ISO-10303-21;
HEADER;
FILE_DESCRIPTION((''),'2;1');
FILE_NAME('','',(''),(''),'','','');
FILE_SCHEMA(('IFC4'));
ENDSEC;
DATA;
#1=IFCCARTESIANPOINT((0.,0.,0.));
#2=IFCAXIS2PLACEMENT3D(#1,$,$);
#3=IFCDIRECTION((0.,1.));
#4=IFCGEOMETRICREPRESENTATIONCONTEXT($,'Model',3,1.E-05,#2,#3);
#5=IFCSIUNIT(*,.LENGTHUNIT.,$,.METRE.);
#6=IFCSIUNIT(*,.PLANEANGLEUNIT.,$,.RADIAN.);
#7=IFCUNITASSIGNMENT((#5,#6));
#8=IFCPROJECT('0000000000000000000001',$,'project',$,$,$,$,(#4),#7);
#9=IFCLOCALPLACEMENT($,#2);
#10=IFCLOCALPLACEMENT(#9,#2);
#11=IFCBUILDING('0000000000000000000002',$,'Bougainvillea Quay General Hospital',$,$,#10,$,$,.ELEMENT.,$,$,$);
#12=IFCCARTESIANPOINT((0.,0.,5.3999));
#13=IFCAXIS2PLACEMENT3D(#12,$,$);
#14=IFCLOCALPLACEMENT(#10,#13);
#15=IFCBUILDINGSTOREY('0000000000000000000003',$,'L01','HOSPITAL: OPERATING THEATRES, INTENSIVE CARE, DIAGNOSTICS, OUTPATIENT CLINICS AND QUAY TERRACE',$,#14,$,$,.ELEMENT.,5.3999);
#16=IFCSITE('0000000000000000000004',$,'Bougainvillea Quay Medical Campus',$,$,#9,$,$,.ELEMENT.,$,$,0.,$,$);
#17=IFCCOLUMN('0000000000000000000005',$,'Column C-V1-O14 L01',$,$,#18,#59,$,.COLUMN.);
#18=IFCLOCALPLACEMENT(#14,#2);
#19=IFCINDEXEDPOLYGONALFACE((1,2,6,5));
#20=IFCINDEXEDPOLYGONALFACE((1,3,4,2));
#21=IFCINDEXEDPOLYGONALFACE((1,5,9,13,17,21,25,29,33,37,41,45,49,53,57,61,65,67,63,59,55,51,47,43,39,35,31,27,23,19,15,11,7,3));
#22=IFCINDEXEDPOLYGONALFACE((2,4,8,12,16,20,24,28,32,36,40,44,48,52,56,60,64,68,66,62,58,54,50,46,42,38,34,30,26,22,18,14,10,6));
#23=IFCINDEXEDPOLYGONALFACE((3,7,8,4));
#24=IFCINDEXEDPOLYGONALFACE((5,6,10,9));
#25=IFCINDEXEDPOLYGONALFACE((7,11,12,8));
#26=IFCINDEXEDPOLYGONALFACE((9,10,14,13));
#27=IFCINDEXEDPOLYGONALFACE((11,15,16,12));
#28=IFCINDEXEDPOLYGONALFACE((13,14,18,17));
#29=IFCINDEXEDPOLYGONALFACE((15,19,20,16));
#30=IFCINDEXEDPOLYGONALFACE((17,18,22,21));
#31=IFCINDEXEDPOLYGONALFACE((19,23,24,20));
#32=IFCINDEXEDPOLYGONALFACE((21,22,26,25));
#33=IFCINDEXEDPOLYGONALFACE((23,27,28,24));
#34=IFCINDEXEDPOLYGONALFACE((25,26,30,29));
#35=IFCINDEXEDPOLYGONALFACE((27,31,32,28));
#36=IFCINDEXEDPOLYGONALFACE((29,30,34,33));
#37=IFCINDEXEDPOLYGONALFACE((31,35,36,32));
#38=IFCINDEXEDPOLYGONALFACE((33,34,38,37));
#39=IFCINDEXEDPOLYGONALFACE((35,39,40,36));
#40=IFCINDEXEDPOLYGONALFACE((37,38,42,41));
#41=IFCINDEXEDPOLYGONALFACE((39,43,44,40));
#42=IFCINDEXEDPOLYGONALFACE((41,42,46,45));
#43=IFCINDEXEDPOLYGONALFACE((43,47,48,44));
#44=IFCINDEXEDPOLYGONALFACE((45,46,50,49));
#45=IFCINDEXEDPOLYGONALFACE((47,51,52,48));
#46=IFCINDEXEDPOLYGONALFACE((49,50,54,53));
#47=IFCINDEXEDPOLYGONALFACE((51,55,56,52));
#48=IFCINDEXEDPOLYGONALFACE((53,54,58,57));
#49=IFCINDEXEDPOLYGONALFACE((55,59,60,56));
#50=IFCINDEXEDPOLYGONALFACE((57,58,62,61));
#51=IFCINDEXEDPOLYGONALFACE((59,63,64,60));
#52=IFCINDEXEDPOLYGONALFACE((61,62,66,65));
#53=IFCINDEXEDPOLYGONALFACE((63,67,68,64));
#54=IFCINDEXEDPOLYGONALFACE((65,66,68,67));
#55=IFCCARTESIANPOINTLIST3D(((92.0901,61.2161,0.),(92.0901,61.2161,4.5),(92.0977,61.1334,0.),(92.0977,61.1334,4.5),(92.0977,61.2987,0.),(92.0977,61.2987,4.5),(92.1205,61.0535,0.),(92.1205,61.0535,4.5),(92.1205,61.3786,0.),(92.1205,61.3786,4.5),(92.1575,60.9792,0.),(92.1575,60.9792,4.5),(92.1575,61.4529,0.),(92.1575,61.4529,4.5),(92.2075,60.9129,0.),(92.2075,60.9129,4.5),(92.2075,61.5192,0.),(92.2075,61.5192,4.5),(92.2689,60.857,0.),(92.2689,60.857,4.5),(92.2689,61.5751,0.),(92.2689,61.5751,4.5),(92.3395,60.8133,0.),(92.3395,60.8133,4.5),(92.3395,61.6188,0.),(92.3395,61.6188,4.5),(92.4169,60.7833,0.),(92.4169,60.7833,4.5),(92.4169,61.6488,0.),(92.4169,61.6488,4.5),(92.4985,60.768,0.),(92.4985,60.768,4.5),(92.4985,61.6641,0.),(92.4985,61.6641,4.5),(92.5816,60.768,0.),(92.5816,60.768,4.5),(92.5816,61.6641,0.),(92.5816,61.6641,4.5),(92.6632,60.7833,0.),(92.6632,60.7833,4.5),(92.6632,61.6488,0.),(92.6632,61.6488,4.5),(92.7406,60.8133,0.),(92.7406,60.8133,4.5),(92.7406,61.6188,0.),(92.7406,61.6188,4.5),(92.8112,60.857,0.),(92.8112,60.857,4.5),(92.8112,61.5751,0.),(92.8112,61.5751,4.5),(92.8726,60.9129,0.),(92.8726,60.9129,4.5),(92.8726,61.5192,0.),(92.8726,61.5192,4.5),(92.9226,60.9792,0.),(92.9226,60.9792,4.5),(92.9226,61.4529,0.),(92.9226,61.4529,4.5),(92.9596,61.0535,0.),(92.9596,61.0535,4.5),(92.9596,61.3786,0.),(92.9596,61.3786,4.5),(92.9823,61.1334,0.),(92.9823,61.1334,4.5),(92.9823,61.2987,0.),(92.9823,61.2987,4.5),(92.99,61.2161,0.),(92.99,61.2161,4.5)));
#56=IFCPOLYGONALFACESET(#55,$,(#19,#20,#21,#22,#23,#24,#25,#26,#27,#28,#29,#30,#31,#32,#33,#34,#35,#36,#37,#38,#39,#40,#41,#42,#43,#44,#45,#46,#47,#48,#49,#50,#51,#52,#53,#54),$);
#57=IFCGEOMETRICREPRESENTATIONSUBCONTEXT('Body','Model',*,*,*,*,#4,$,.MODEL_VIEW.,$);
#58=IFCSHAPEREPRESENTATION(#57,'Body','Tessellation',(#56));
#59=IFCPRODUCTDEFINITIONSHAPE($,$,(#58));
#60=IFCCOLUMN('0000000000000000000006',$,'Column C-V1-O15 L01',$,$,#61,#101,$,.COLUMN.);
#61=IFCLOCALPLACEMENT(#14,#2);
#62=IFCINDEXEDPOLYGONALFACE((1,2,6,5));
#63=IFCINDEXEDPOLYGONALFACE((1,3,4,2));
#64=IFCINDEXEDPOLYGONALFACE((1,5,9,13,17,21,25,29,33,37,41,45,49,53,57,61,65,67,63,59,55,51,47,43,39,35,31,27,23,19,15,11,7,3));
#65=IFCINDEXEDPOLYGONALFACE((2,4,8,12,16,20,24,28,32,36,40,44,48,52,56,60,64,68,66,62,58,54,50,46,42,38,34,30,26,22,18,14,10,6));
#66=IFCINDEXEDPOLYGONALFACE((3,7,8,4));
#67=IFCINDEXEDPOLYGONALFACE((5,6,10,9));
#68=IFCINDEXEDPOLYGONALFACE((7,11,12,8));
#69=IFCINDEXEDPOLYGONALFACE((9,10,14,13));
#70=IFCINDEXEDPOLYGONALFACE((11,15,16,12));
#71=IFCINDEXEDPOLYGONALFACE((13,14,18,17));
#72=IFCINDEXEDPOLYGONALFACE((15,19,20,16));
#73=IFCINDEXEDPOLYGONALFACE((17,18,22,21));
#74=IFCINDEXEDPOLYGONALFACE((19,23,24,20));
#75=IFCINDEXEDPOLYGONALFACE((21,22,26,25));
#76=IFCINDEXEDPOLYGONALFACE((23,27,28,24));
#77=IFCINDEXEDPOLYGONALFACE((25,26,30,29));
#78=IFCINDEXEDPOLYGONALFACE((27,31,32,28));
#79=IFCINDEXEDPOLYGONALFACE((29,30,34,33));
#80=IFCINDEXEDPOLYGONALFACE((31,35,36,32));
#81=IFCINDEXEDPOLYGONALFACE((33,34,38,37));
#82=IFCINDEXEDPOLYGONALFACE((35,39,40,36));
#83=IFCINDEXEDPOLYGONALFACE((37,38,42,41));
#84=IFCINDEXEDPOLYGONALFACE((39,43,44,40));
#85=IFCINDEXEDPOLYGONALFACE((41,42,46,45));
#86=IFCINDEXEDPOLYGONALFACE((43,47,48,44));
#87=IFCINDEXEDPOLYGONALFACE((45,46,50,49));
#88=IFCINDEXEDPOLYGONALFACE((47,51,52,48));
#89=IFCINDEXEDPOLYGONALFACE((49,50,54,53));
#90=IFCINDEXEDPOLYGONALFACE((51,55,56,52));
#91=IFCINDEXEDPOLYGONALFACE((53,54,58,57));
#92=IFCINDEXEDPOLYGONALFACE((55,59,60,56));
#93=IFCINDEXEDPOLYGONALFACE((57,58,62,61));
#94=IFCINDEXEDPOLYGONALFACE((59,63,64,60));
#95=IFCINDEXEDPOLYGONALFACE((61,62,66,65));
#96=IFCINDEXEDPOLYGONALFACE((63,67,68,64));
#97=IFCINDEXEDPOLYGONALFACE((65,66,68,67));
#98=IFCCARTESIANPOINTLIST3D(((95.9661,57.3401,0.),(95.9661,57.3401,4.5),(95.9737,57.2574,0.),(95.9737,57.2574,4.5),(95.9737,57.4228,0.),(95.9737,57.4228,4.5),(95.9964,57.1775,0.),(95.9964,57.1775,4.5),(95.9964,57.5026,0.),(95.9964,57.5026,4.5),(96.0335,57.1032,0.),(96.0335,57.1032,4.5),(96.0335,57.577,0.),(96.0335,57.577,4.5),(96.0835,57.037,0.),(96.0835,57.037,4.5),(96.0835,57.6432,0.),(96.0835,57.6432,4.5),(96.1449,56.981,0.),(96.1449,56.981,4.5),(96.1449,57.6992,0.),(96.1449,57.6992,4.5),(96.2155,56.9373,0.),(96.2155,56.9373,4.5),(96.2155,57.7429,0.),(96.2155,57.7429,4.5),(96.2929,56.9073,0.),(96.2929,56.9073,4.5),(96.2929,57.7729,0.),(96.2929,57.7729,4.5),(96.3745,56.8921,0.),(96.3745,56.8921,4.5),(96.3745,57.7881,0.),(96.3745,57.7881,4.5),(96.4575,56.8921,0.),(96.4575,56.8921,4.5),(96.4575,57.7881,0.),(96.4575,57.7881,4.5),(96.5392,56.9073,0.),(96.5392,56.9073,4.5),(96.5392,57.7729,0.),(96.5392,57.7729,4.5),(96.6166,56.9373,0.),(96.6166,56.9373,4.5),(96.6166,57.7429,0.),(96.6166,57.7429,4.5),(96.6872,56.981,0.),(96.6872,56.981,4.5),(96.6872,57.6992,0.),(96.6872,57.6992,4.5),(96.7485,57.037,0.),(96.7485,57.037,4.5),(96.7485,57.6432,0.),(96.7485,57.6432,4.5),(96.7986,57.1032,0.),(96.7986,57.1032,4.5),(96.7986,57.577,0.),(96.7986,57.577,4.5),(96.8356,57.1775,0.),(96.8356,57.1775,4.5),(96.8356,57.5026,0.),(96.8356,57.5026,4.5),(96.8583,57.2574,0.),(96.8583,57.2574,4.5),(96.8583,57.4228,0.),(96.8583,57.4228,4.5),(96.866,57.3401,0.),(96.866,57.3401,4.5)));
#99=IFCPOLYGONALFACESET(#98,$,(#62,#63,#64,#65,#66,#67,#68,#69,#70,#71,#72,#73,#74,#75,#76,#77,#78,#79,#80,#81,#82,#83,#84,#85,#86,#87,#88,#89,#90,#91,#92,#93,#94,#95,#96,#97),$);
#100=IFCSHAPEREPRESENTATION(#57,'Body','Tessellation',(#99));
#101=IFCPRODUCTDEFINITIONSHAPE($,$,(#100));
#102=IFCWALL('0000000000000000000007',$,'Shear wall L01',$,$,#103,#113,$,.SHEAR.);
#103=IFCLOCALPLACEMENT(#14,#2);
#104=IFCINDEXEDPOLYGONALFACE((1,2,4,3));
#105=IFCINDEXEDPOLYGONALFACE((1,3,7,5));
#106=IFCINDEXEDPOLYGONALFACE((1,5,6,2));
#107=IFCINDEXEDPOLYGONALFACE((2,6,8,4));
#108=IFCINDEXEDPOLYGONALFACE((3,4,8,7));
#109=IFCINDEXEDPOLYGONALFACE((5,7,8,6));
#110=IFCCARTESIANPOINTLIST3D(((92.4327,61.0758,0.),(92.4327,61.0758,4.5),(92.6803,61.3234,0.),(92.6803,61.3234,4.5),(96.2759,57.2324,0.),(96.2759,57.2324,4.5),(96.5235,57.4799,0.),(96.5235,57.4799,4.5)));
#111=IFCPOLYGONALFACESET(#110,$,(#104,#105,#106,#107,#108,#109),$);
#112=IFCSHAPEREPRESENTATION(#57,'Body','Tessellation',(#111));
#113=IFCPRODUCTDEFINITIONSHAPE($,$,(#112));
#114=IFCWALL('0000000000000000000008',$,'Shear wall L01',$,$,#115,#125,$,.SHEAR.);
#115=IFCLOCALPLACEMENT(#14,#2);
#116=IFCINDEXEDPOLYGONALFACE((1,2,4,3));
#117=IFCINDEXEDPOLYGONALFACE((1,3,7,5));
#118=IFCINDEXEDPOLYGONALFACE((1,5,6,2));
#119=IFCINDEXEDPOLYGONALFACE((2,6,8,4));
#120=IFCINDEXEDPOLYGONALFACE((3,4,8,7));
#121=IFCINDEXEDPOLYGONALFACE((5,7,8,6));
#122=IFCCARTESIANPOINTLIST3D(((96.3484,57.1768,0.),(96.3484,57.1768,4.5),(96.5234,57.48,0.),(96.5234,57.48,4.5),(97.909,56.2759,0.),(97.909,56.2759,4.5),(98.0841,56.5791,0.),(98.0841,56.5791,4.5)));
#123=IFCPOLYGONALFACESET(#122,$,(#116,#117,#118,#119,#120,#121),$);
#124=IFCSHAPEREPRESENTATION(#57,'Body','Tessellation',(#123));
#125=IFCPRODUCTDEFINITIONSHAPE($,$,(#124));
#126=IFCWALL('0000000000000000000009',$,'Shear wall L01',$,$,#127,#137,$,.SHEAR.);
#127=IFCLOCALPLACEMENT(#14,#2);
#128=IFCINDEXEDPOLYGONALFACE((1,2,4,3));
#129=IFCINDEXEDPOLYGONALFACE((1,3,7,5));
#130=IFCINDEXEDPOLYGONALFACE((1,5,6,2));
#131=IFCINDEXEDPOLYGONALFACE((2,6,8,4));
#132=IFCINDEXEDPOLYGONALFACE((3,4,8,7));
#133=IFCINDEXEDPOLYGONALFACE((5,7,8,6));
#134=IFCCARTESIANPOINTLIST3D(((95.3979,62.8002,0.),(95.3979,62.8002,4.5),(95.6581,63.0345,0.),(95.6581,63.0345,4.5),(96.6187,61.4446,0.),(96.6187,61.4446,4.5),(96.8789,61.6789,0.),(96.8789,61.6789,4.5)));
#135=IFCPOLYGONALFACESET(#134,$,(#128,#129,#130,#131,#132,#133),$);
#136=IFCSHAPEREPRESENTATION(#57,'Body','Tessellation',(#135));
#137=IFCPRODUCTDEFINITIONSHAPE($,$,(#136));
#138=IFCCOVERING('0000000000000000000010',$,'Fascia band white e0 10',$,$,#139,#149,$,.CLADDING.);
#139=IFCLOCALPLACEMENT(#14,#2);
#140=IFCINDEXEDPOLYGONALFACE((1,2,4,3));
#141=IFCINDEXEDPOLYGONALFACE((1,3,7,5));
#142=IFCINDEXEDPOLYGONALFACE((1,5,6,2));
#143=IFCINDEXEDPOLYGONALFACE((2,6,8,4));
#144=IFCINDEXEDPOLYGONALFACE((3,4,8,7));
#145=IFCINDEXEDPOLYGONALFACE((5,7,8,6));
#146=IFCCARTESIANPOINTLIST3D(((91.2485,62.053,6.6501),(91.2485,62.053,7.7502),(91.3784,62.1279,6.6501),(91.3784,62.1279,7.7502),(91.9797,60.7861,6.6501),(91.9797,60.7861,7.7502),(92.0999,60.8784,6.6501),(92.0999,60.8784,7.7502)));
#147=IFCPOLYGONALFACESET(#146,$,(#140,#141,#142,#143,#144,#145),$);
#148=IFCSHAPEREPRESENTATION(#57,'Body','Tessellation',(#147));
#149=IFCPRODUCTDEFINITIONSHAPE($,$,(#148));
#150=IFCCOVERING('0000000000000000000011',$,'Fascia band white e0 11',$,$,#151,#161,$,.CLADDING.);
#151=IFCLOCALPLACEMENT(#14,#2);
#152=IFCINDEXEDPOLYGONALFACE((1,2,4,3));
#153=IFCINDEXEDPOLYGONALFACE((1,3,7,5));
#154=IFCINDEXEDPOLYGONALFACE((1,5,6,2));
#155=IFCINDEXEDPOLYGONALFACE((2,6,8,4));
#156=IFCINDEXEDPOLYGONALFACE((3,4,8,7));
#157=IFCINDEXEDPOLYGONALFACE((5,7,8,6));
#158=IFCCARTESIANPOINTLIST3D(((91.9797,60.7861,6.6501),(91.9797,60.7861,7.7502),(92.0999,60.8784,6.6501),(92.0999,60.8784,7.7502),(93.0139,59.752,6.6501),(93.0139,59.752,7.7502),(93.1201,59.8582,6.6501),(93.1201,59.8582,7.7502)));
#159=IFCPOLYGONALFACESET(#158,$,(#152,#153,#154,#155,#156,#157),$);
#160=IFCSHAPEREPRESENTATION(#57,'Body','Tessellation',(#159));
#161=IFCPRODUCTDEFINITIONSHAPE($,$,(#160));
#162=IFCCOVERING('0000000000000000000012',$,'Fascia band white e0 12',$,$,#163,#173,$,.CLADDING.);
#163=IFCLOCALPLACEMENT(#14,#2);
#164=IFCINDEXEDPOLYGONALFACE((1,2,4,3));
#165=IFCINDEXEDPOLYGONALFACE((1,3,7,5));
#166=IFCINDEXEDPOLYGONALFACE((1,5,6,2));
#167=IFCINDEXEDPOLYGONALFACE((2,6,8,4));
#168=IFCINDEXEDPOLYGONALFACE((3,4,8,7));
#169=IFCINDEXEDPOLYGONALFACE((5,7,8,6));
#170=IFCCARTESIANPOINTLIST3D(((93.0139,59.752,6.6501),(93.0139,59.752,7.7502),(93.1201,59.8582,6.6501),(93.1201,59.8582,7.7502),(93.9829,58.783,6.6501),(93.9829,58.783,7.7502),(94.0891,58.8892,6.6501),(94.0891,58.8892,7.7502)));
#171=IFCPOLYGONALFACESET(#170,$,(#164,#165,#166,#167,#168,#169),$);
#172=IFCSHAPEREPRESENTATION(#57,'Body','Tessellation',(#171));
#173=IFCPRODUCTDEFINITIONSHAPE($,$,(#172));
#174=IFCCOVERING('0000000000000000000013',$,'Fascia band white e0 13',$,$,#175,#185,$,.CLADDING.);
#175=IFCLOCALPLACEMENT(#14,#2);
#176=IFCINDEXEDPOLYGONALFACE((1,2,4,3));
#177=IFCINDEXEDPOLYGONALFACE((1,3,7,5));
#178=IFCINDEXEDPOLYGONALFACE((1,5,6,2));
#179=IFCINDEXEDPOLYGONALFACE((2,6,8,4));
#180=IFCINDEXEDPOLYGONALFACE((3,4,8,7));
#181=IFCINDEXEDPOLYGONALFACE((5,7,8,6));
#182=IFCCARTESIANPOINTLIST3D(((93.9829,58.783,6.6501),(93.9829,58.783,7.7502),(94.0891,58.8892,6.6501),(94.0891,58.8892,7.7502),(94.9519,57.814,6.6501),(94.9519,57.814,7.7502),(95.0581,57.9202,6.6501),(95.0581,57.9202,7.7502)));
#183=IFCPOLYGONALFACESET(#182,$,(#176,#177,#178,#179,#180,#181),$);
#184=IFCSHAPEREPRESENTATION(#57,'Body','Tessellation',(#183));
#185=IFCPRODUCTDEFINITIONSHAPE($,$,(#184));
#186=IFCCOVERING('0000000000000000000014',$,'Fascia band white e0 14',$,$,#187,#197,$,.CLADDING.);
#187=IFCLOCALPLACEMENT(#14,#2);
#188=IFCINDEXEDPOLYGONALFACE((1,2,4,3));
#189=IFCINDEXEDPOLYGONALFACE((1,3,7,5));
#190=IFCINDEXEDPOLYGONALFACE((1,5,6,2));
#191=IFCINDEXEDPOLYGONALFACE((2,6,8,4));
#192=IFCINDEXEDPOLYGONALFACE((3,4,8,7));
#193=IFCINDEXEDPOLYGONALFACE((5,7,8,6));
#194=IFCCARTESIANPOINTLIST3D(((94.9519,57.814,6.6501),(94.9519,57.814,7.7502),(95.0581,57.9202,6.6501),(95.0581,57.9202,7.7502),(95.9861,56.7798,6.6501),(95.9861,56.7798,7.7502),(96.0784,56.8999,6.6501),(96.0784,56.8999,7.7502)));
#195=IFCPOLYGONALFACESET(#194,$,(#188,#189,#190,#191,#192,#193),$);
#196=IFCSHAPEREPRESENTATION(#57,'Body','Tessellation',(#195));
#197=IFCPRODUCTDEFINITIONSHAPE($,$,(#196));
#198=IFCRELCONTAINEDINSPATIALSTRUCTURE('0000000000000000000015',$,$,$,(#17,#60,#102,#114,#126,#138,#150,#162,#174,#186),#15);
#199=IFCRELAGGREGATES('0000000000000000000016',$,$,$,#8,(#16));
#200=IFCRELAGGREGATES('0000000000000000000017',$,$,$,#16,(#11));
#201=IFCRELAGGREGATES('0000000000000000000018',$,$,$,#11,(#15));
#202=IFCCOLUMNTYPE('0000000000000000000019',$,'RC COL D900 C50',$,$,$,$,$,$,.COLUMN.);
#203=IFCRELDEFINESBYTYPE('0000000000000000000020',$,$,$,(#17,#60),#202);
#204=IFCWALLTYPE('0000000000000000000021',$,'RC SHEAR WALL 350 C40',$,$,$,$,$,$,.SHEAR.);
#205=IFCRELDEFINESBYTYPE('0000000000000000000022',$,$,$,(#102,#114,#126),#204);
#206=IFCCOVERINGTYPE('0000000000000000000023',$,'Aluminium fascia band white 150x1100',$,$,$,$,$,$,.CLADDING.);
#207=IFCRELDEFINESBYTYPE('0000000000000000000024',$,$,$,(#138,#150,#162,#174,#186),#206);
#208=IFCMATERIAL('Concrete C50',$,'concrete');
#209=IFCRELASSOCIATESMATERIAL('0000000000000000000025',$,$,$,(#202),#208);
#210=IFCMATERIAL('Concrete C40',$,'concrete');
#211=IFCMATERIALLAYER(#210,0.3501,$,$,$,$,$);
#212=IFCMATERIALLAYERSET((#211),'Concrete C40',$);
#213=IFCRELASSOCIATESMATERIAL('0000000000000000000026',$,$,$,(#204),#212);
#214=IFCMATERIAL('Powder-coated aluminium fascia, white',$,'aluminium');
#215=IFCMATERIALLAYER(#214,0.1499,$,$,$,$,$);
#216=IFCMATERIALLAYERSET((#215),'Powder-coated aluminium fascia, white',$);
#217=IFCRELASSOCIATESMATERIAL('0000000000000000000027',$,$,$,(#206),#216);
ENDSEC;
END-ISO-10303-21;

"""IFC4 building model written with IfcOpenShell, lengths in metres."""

from ifc_helpers import new_model, si_unit, direction, frame, frame_2d, origin, origin_2d, place, context, subcontext, project, spatial, polyline, rectangle, circle, outline, extrude, material, layer, layer_set, material_profile, profile_set, type_object, element, save


model = new_model("IFC4")

# Units and contexts
model_context = context("Model", 3, precision=1e-05, world=origin(), true_north=direction((0.0, 1.0)))
body_context = subcontext(model_context, "Body", "Model", "MODEL_VIEW")
ifc_project = project(units=[si_unit("LENGTHUNIT", "METRE"), si_unit("PLANEANGLEUNIT", "RADIAN")], contexts=[model_context])

# Site, building, storey
site_placement = place(None, origin())
site = spatial("IfcSite", under=ifc_project, at=site_placement, Name="Bougainvillea Quay Medical Campus", CompositionType="ELEMENT", RefElevation=0.0)
building_placement = place(site_placement, origin())
building = spatial("IfcBuilding", under=site, at=building_placement, Name="Bougainvillea Quay General Hospital", CompositionType="ELEMENT")
storey_placement = place(building_placement, frame((0.0, 0.0, 5.3999)))
storey = spatial("IfcBuildingStorey", under=building, at=storey_placement, Name="L01", Description="HOSPITAL: OPERATING THEATRES, INTENSIVE CARE, DIAGNOSTICS, OUTPATIENT CLINICS AND QUAY TERRACE", CompositionType="ELEMENT", Elevation=5.3999)

# Columns
ifc_material_1 = material(Name="Concrete C50", Category="concrete")
ifc_material_profile_1 = material_profile(ifc_material_1, circle(Radius=0.45, at=origin_2d()))
ifc_profile_set_1 = profile_set([ifc_material_profile_1], Name="Concrete C50")
column_type = type_object("IfcColumnType", Name="RC COL D900 C50", PredefinedType="COLUMN", material=ifc_profile_set_1)
for number, where, z_axis, x_axis, name in (
    (1, (92.54, 61.2161, 0.0), (0.0, 0.0, 1.0), (1.0, 0.0, 0.0), "Column C-V1-O14 L01"),
    (2, (96.416, 57.3401, 0.0), (0.0, 0.0, 1.0), (1.0, 0.0, 0.0), "Column C-V1-O15 L01"),
):
    element("IfcColumn", number, at=place(storey_placement, frame(where, z_axis=z_axis, x_axis=x_axis)), inside=storey, type_object=column_type, Name=name, PredefinedType="COLUMN", context=body_context, shape_type="SweptSolid", body=[
        extrude(circle(Radius=0.45, at=origin_2d()), origin(), (0.0, 0.0, 1.0), 4.5),
    ])

# Walls
ifc_material_2 = material(Name="Concrete C40", Category="concrete")
ifc_layer_1 = layer(ifc_material_2, 0.3501)
ifc_layer_set_1 = layer_set([ifc_layer_1], Name="Concrete C40")
wall_type = type_object("IfcWallType", Name="RC SHEAR WALL 350 C40", PredefinedType="SHEAR", material=ifc_layer_set_1)
wall_1_placement = place(storey_placement, frame((92.5564, 61.1997, 0.0), z_axis=(0.0, 0.0, 1.0), x_axis=(0.707084, -0.707129, 0.0)))
element("IfcWall", 3, at=wall_1_placement, inside=storey, type_object=wall_type, Name="Shear wall L01", PredefinedType="SHEAR", context=body_context, shape_type="SweptSolid", body=[
    extrude(rectangle(XDim=5.4353, YDim=0.3501, at=frame_2d((2.7178, 0.0))), origin(), (0.0, 0.0, 1.0), 4.5),
])
wall_2_placement = place(storey_placement, frame((96.436, 57.3284, 0.0), z_axis=(0.0, 0.0, 1.0), x_axis=(0.86605, -0.499957, 0.0)))
element("IfcWall", 4, at=wall_2_placement, inside=storey, type_object=wall_type, Name="Shear wall L01", PredefinedType="SHEAR", context=body_context, shape_type="SweptSolid", body=[
    extrude(rectangle(XDim=1.802, YDim=0.3501, at=frame_2d((0.9009, 0.0))), origin(), (0.0, 0.0, 1.0), 4.5),
])
wall_3_placement = place(storey_placement, frame((96.7488, 61.5618, 0.0), z_axis=(0.0, 0.0, 1.0), x_axis=(-0.669201, 0.743081, 0.0)))
element("IfcWall", 5, at=wall_3_placement, inside=storey, type_object=wall_type, Name="Shear wall L01", PredefinedType="SHEAR", context=body_context, shape_type="SweptSolid", body=[
    extrude(rectangle(XDim=1.8242, YDim=0.3501, at=frame_2d((0.9121, 0.0))), origin(), (0.0, 0.0, 1.0), 4.5),
])

# Coverings
ifc_material_3 = material(Name="Powder-coated aluminium fascia, white", Category="aluminium")
ifc_layer_2 = layer(ifc_material_3, 0.1499)
ifc_layer_set_2 = layer_set([ifc_layer_2], Name="Powder-coated aluminium fascia, white")
covering_type = type_object("IfcCoveringType", Name="Aluminium fascia band white 150x1100", PredefinedType="CLADDING", material=ifc_layer_set_2)
covering_1_placement = place(storey_placement, frame((91.3784, 62.1279, 6.6501), z_axis=(0.0, 0.0, 1.0), x_axis=(0.500015, -0.866017, 0.0)))
element("IfcCovering", 6, at=covering_1_placement, inside=storey, type_object=covering_type, Name="Fascia band white e0 10", PredefinedType="CLADDING", context=body_context, shape_type="SweptSolid", body=[
    extrude(outline(polyline([(0.0, 0.0), (1.4428, 0.0), (1.4627, -0.1502), (0.0, -0.15), (0.0, 0.0)])), origin(), (0.0, 0.0, 1.0), 1.1001),
])
covering_2_placement = place(storey_placement, frame((92.0999, 60.8784, 6.6501), z_axis=(0.0, 0.0, 1.0), x_axis=(0.707107, -0.707107, 0.0)))
element("IfcCovering", 7, at=covering_2_placement, inside=storey, type_object=covering_type, Name="Fascia band white e0 11", PredefinedType="CLADDING", context=body_context, shape_type="SweptSolid", body=[
    extrude(outline(polyline([(0.0, 0.0), (1.4429, 0.0), (1.4429, -0.1502), (-0.0197, -0.1502), (0.0, 0.0)])), origin(), (0.0, 0.0, 1.0), 1.1001),
])
for number, where, z_axis, x_axis, name in (
    (8, (93.1201, 59.8582, 6.6501), (0.0, 0.0, 1.0), (0.707107, -0.707107, 0.0), "Fascia band white e0 12"),
    (9, (94.0891, 58.8892, 6.6501), (0.0, 0.0, 1.0), (0.707107, -0.707107, 0.0), "Fascia band white e0 13"),
):
    element("IfcCovering", number, at=place(storey_placement, frame(where, z_axis=z_axis, x_axis=x_axis)), inside=storey, type_object=covering_type, Name=name, PredefinedType="CLADDING", context=body_context, shape_type="SweptSolid", body=[
        extrude(outline(polyline([(0.0, 0.0), (1.3704, 0.0), (1.3704, -0.1502), (0.0, -0.1502), (0.0, 0.0)])), origin(), (0.0, 0.0, 1.0), 1.1001),
    ])
covering_3_placement = place(storey_placement, frame((95.0581, 57.9202, 6.6501), z_axis=(0.0, 0.0, 1.0), x_axis=(0.707107, -0.707107, 0.0)))
element("IfcCovering", 10, at=covering_3_placement, inside=storey, type_object=covering_type, Name="Fascia band white e0 14", PredefinedType="CLADDING", context=body_context, shape_type="SweptSolid", body=[
    extrude(outline(polyline([(0.0, 0.0), (1.4429, 0.0), (1.4626, -0.1502), (0.0, -0.1502), (0.0, 0.0)])), origin(), (0.0, 0.0, 1.0), 1.1001),
])

save(model, "model.ifc")
